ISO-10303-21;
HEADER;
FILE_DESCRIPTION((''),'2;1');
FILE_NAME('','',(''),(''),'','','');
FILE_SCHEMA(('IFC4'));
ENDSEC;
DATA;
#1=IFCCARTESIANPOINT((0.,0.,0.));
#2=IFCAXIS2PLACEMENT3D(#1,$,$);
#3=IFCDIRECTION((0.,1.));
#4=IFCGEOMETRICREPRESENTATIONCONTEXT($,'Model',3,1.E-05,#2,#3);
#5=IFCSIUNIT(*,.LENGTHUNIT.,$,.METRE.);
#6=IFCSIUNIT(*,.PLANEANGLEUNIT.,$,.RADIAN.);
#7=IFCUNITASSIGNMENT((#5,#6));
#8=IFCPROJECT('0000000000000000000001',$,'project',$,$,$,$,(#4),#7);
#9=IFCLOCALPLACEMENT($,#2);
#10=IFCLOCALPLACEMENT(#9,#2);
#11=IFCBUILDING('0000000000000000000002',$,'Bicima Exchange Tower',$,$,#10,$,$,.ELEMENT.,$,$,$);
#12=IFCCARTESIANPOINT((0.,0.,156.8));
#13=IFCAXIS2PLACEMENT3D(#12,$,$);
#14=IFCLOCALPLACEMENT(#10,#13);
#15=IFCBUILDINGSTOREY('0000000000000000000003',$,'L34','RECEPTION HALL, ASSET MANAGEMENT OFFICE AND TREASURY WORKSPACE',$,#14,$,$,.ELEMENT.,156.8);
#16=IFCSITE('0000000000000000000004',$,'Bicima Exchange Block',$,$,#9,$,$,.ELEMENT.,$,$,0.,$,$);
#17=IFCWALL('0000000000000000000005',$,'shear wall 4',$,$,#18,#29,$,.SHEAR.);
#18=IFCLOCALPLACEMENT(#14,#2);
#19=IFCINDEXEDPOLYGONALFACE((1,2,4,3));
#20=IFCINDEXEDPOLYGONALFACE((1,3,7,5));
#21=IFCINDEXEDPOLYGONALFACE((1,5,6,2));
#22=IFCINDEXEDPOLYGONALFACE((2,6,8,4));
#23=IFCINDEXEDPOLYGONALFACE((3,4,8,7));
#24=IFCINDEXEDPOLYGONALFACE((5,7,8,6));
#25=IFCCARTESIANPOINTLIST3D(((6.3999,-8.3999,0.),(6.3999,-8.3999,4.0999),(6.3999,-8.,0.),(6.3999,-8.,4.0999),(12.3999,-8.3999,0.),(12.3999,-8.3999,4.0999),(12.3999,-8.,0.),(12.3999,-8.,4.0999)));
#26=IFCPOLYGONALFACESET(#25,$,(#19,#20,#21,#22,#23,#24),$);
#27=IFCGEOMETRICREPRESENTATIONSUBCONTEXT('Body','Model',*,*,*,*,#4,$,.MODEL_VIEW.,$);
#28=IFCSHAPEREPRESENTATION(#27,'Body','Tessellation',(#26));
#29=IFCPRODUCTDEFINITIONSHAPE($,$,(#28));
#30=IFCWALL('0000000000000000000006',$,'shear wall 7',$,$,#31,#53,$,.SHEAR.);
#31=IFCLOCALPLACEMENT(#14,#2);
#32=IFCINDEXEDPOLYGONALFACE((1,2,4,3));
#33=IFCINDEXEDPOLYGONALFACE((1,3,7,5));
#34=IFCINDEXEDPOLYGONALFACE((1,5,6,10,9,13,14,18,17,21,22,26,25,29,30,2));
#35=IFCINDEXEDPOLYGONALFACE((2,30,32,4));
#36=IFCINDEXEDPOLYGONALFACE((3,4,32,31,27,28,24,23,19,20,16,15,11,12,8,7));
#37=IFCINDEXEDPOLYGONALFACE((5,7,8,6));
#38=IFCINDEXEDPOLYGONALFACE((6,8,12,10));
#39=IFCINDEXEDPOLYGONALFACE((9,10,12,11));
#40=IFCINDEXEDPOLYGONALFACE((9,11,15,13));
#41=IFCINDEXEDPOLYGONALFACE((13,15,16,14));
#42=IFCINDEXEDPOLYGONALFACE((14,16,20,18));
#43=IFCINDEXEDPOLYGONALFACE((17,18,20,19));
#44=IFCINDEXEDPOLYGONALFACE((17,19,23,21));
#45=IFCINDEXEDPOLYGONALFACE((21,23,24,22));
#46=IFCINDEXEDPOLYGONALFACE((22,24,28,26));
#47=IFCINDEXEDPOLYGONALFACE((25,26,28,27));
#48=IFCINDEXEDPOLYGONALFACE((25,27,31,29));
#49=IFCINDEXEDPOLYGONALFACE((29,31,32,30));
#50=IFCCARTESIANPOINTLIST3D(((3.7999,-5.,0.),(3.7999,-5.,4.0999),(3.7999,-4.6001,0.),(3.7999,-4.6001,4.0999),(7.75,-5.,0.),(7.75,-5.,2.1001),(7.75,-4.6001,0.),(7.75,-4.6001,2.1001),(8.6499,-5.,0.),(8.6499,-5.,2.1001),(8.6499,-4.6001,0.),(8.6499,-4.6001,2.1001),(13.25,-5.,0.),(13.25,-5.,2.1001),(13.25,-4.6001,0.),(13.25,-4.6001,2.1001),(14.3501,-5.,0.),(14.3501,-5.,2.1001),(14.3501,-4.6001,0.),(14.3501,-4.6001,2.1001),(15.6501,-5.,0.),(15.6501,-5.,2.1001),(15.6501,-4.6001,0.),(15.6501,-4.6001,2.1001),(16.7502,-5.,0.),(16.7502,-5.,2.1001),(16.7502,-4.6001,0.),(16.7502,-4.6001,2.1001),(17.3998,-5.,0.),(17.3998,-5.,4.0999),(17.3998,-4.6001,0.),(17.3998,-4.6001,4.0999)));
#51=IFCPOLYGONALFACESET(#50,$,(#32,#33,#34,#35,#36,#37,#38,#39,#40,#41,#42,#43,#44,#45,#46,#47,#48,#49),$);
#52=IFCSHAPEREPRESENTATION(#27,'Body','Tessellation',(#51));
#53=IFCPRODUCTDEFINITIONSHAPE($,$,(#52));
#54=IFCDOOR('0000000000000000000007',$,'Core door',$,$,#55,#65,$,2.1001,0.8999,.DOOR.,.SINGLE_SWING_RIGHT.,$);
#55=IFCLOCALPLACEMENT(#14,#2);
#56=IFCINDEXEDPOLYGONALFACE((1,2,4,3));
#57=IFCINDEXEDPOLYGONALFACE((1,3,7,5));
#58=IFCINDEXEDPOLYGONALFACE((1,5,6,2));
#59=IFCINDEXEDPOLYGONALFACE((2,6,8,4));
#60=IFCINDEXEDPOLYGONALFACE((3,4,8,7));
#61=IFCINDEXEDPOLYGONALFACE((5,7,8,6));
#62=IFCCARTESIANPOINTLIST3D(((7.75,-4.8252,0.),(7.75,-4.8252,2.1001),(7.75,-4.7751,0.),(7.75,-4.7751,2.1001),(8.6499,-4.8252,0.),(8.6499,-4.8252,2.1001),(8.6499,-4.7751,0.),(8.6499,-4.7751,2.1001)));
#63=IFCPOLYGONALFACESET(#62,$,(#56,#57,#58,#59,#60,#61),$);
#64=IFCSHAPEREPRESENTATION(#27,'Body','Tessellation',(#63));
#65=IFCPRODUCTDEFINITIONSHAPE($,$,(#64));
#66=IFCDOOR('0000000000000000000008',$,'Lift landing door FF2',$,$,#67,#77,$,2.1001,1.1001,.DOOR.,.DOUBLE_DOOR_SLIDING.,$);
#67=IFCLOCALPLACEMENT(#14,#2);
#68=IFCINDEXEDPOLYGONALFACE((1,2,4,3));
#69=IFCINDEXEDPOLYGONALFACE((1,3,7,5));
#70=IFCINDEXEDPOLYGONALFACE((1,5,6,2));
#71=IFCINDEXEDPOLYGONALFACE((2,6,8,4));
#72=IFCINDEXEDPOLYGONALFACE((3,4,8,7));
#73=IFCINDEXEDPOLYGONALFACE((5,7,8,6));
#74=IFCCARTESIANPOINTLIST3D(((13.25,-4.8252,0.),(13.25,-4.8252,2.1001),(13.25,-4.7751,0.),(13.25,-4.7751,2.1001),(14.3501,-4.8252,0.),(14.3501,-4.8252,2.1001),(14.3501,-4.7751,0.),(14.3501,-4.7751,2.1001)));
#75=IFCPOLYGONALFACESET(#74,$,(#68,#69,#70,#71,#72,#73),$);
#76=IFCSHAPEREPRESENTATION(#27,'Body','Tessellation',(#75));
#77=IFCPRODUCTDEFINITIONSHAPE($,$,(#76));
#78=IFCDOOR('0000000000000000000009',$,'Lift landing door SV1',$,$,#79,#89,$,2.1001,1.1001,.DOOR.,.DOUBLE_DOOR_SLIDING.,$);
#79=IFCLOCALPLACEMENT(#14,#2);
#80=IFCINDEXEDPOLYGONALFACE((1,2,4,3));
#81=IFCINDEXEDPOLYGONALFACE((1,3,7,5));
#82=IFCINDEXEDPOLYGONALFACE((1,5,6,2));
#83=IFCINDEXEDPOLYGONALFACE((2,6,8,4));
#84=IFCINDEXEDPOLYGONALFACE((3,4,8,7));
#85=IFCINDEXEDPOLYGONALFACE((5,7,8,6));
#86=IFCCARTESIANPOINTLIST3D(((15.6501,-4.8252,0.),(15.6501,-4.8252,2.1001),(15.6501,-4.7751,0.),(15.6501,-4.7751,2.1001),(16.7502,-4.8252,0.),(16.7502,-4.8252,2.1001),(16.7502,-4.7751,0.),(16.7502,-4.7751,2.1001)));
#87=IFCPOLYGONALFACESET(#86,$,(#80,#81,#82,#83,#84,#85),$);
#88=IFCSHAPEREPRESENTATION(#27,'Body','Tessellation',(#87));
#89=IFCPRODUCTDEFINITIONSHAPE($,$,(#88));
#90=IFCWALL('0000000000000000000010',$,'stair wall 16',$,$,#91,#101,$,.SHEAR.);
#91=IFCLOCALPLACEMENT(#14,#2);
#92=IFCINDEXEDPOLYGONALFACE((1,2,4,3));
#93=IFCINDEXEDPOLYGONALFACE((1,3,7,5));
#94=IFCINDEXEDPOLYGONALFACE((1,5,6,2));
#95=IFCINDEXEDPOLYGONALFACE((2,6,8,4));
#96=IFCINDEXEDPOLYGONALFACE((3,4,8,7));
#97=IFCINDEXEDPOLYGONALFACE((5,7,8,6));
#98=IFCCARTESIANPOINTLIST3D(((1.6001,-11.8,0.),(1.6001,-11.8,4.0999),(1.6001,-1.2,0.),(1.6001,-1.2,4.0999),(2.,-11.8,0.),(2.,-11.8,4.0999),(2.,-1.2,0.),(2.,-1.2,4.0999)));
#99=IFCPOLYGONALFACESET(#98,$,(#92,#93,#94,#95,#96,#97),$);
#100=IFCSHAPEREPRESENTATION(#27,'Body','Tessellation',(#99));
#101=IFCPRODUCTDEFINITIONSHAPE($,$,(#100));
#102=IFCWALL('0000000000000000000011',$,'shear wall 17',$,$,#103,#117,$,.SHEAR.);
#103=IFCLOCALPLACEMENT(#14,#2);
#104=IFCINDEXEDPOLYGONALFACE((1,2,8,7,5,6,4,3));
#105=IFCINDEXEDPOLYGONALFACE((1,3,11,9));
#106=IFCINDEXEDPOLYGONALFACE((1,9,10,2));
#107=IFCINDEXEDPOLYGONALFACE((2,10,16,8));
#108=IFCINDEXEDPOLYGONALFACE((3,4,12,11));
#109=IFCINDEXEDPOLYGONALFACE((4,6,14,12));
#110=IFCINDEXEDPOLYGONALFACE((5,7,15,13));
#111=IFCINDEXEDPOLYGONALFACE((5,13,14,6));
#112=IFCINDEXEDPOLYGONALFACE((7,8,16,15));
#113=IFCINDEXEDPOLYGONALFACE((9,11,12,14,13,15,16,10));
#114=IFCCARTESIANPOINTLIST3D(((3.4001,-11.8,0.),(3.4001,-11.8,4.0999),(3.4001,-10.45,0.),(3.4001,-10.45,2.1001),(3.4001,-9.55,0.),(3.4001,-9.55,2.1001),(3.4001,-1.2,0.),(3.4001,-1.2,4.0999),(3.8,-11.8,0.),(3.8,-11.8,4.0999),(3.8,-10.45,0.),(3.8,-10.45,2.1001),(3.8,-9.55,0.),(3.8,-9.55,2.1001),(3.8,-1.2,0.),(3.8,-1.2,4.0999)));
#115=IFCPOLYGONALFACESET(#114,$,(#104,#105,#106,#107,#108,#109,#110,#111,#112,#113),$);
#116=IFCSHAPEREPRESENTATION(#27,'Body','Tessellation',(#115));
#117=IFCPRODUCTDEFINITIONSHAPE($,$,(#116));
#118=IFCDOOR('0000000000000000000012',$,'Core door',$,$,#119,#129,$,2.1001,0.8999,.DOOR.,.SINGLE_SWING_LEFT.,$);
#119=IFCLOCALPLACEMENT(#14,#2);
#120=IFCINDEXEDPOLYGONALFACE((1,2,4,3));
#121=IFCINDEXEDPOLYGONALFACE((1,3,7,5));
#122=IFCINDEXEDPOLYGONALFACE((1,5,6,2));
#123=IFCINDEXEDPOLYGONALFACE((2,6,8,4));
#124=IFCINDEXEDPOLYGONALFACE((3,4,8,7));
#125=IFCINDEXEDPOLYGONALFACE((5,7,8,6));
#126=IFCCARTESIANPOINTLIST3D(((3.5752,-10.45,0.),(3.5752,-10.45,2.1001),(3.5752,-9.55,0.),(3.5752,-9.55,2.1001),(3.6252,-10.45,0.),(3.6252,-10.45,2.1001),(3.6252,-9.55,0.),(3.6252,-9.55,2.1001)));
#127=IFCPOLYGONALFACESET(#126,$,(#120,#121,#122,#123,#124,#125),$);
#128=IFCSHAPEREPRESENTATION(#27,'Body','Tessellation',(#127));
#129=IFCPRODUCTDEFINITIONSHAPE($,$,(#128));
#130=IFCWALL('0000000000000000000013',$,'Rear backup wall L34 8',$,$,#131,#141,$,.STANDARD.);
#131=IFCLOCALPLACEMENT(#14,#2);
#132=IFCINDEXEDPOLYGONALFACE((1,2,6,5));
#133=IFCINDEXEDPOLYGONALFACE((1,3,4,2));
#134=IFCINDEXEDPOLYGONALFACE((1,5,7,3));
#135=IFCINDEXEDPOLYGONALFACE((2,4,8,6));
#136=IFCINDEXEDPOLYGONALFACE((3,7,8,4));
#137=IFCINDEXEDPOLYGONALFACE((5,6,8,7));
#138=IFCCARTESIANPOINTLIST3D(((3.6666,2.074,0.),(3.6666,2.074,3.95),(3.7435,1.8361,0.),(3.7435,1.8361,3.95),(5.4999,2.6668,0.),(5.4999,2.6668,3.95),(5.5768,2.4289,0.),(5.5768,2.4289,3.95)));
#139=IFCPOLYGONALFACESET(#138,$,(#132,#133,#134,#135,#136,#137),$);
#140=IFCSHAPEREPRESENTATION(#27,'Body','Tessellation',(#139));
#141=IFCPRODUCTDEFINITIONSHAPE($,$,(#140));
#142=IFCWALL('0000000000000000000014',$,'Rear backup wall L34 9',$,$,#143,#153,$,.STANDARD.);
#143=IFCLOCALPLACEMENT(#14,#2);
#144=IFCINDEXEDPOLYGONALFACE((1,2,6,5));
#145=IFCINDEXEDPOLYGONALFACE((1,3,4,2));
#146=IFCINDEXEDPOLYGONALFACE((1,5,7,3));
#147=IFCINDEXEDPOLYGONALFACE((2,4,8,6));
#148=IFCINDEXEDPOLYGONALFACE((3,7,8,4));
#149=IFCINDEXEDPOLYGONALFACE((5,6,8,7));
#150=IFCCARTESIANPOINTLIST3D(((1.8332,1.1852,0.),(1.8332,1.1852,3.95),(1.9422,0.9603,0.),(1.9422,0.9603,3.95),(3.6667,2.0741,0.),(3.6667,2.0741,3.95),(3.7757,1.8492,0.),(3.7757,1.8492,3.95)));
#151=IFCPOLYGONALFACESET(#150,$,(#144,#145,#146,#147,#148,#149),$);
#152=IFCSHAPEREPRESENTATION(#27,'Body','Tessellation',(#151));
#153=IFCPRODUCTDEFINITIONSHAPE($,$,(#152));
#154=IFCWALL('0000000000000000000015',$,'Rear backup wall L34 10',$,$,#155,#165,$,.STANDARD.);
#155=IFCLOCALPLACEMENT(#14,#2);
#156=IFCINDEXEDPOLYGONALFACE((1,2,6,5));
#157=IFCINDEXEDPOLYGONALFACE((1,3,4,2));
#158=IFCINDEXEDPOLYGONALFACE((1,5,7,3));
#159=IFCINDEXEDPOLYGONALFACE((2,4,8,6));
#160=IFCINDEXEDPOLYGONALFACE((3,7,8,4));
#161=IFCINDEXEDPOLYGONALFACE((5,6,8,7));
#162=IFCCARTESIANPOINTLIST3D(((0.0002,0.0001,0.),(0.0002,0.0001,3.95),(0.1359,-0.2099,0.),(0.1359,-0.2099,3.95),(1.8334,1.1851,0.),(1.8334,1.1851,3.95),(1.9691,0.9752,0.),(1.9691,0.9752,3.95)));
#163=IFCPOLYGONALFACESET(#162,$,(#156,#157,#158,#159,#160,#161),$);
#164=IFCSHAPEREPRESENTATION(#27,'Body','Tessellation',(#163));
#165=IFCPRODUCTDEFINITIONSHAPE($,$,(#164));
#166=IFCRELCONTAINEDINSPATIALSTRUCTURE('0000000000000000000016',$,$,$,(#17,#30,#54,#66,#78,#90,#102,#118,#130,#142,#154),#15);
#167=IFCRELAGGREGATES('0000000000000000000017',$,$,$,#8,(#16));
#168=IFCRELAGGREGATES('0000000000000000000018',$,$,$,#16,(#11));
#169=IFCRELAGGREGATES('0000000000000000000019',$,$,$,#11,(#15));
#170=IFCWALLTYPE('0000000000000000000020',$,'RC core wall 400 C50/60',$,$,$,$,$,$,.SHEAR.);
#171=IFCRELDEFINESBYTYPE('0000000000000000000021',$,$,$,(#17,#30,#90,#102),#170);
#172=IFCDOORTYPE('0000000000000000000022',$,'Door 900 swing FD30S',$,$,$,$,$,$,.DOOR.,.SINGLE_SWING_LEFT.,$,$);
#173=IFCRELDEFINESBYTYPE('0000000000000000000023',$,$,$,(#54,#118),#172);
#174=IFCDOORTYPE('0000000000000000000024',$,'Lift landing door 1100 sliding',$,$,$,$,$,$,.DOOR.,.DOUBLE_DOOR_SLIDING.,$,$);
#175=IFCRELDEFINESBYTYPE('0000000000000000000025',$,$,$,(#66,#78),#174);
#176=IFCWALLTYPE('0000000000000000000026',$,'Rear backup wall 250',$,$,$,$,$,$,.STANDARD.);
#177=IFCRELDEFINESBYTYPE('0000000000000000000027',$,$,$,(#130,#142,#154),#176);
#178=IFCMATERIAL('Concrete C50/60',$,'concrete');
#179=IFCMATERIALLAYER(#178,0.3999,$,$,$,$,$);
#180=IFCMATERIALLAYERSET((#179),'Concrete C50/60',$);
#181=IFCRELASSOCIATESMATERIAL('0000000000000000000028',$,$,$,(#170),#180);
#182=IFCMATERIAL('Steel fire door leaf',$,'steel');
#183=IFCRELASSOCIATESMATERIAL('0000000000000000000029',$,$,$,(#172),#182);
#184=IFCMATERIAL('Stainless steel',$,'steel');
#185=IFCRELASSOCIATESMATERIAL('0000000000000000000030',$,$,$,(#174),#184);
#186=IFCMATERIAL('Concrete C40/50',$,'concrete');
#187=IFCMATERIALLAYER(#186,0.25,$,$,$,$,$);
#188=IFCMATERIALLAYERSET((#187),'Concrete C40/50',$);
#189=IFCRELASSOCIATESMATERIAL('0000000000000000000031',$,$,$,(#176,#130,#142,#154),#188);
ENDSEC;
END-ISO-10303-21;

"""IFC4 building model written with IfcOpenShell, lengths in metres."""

from ifc_helpers import new_model, si_unit, direction, frame, frame_2d, origin, place, context, subcontext, project, spatial, rectangle, extrude, material, layer, layer_set, layer_usage, type_object, element, fill, save


model = new_model("IFC4")

# Units and contexts
model_context = context("Model", 3, precision=1e-05, world=origin(), true_north=direction((0.0, 1.0)))
body_context = subcontext(model_context, "Body", "Model", "MODEL_VIEW")
ifc_project = project(units=[si_unit("LENGTHUNIT", "METRE"), si_unit("PLANEANGLEUNIT", "RADIAN")], contexts=[model_context])

# Site, building, storey
site_placement = place(None, origin())
site = spatial("IfcSite", under=ifc_project, at=site_placement, Name="Bicima Exchange Block", CompositionType="ELEMENT", RefElevation=0.0)
building_placement = place(site_placement, origin())
building = spatial("IfcBuilding", under=site, at=building_placement, Name="Bicima Exchange Tower", CompositionType="ELEMENT")
storey_placement = place(building_placement, frame((0.0, 0.0, 156.8)))
storey = spatial("IfcBuildingStorey", under=building, at=storey_placement, Name="L34", Description="RECEPTION HALL, ASSET MANAGEMENT OFFICE AND TREASURY WORKSPACE", CompositionType="ELEMENT", Elevation=156.8)

# Shared definitions
ifc_material_1 = material(Name="Concrete C40/50", Category="concrete")

# Shared definitions
ifc_material_2 = material(Name="Concrete C50/60", Category="concrete")

# Wall
ifc_layer_1 = layer(ifc_material_2, 0.3999)
ifc_layer_set_1 = layer_set([ifc_layer_1], Name="Concrete C50/60")
wall_type_1 = type_object("IfcWallType", Name="RC core wall 400 C50/60", PredefinedType="SHEAR", material=ifc_layer_set_1)
wall_1_placement = place(storey_placement, frame((6.3999, -8.2, 0.0), z_axis=(0.0, 0.0, 1.0), x_axis=(1.0, 0.0, 0.0)))
element("IfcWall", 1, at=wall_1_placement, inside=storey, type_object=wall_type_1, Name="shear wall 4", PredefinedType="SHEAR", context=body_context, shape_type="SweptSolid", body=[
    extrude(rectangle(XDim=6.0, YDim=0.3999, at=frame_2d((3.0, 0.0))), origin(), (0.0, 0.0, 1.0), 4.0999),
])

# Wall, openings, doors
wall_2_placement = place(storey_placement, frame((3.8, -4.8, 0.0), z_axis=(0.0, 0.0, 1.0), x_axis=(1.0, 0.0, 0.0)))
wall_2 = element("IfcWall", 2, at=wall_2_placement, inside=storey, type_object=wall_type_1, Name="shear wall 7", PredefinedType="SHEAR", context=body_context, shape_type="SweptSolid", body=[
    extrude(rectangle(XDim=13.5999, YDim=0.3999, at=frame_2d((6.7998, 0.0))), origin(), (0.0, 0.0, 1.0), 4.0999),
])
opening_1_placement = place(wall_2_placement, frame((9.45, 0.0, 0.0)))
opening_1 = element("IfcOpeningElement", 3, at=opening_1_placement, cuts=wall_2, PredefinedType="OPENING", context=body_context, shape_type="SweptSolid", body=[
    extrude(rectangle(XDim=1.1001, YDim=2.1001, at=frame_2d((0.55, 1.05))), frame((0.0, 0.2119, 0.0), z_axis=(0.0, -1.0, 0.0), x_axis=(1.0, 0.0, 0.0)), (0.0, 0.0, 1.0), 0.4238),
])
opening_2_placement = place(wall_2_placement, frame((11.8501, 0.0, 0.0)))
opening_2 = element("IfcOpeningElement", 4, at=opening_2_placement, cuts=wall_2, PredefinedType="OPENING", context=body_context, shape_type="SweptSolid", body=[
    extrude(rectangle(XDim=1.1001, YDim=2.1001, at=frame_2d((0.55, 1.05))), frame((0.0, 0.2119, 0.0), z_axis=(0.0, -1.0, 0.0), x_axis=(1.0, 0.0, 0.0)), (0.0, 0.0, 1.0), 0.4238),
])
opening_3_placement = place(wall_2_placement, frame((3.95, 0.0, 0.0)))
opening_3 = element("IfcOpeningElement", 5, at=opening_3_placement, cuts=wall_2, PredefinedType="OPENING", context=body_context, shape_type="SweptSolid", body=[
    extrude(rectangle(XDim=0.8999, YDim=2.1001, at=frame_2d((0.45, 1.05))), frame((0.0, 0.2119, 0.0), z_axis=(0.0, -1.0, 0.0), x_axis=(1.0, 0.0, 0.0)), (0.0, 0.0, 1.0), 0.4238),
])
ifc_material_3 = material(Name="Steel fire door leaf", Category="steel")
door_type_1 = type_object("IfcDoorType", Name="Door 900 swing FD30S", OperationType="SINGLE_SWING_LEFT", PredefinedType="DOOR", material=ifc_material_3)
door_1_placement = place(opening_3_placement, origin())
door_1 = element("IfcDoor", 6, at=door_1_placement, inside=storey, type_object=door_type_1, Name="Core door", OperationType="SINGLE_SWING_RIGHT", OverallHeight=2.1001, OverallWidth=0.8999, PredefinedType="DOOR", context=body_context, shape_type="SweptSolid", body=[
    extrude(rectangle(XDim=0.8999, YDim=2.1001, at=frame_2d((0.45, 1.05))), frame((0.0, 0.0249, 0.0), z_axis=(0.0, -1.0, 0.0), x_axis=(1.0, 0.0, 0.0)), (0.0, 0.0, 1.0), 0.05),
])
fill(opening_3, door_1)
ifc_material_4 = material(Name="Stainless steel", Category="steel")
door_type_2 = type_object("IfcDoorType", Name="Lift landing door 1100 sliding", OperationType="DOUBLE_DOOR_SLIDING", PredefinedType="DOOR", material=ifc_material_4)
door_2_placement = place(opening_1_placement, origin())
door_2 = element("IfcDoor", 7, at=door_2_placement, inside=storey, type_object=door_type_2, Name="Lift landing door FF2", OperationType="DOUBLE_DOOR_SLIDING", OverallHeight=2.1001, OverallWidth=1.1001, PredefinedType="DOOR", context=body_context, shape_type="SweptSolid", body=[
    extrude(rectangle(XDim=1.1001, YDim=2.1001, at=frame_2d((0.55, 1.05))), frame((0.0, 0.0249, 0.0), z_axis=(0.0, -1.0, 0.0), x_axis=(1.0, 0.0, 0.0)), (0.0, 0.0, 1.0), 0.05),
])
fill(opening_1, door_2)
door_3_placement = place(opening_2_placement, origin())
door_3 = element("IfcDoor", 8, at=door_3_placement, inside=storey, type_object=door_type_2, Name="Lift landing door SV1", OperationType="DOUBLE_DOOR_SLIDING", OverallHeight=2.1001, OverallWidth=1.1001, PredefinedType="DOOR", context=body_context, shape_type="SweptSolid", body=[
    extrude(rectangle(XDim=1.1001, YDim=2.1001, at=frame_2d((0.55, 1.05))), frame((0.0, 0.0249, 0.0), z_axis=(0.0, -1.0, 0.0), x_axis=(1.0, 0.0, 0.0)), (0.0, 0.0, 1.0), 0.05),
])
fill(opening_2, door_3)

# Wall
wall_3_placement = place(storey_placement, frame((1.8, -11.8, 0.0), z_axis=(0.0, 0.0, 1.0), x_axis=(0.0, 1.0, 0.0)))
element("IfcWall", 9, at=wall_3_placement, inside=storey, type_object=wall_type_1, Name="stair wall 16", PredefinedType="SHEAR", context=body_context, shape_type="SweptSolid", body=[
    extrude(rectangle(XDim=10.6001, YDim=0.3999, at=frame_2d((5.3, 0.0))), origin(), (0.0, 0.0, 1.0), 4.0999),
])

# Wall, opening, door
wall_4_placement = place(storey_placement, frame((3.6001, -11.8, 0.0), z_axis=(0.0, 0.0, 1.0), x_axis=(0.0, 1.0, 0.0)))
wall_4 = element("IfcWall", 10, at=wall_4_placement, inside=storey, type_object=wall_type_1, Name="shear wall 17", PredefinedType="SHEAR", context=body_context, shape_type="SweptSolid", body=[
    extrude(rectangle(XDim=10.6001, YDim=0.3999, at=frame_2d((5.3, 0.0))), origin(), (0.0, 0.0, 1.0), 4.0999),
])
opening_4_placement = place(wall_4_placement, frame((1.3501, 0.0, 0.0)))
opening_4 = element("IfcOpeningElement", 11, at=opening_4_placement, cuts=wall_4, PredefinedType="OPENING", context=body_context, shape_type="SweptSolid", body=[
    extrude(rectangle(XDim=0.8999, YDim=2.1001, at=frame_2d((0.45, 1.05))), frame((0.0, 0.2119, 0.0), z_axis=(0.0, -1.0, 0.0), x_axis=(1.0, 0.0, 0.0)), (0.0, 0.0, 1.0), 0.4238),
])
door_4_placement = place(opening_4_placement, origin())
door_4 = element("IfcDoor", 12, at=door_4_placement, inside=storey, type_object=door_type_1, Name="Core door", OperationType="SINGLE_SWING_LEFT", OverallHeight=2.1001, OverallWidth=0.8999, PredefinedType="DOOR", context=body_context, shape_type="SweptSolid", body=[
    extrude(rectangle(XDim=0.8999, YDim=2.1001, at=frame_2d((0.45, 1.05))), frame((0.0, 0.0249, 0.0), z_axis=(0.0, -1.0, 0.0), x_axis=(1.0, 0.0, 0.0)), (0.0, 0.0, 1.0), 0.05),
])
fill(opening_4, door_4)

# Walls
ifc_layer_2 = layer(ifc_material_1, 0.25)
ifc_layer_set_2 = layer_set([ifc_layer_2], Name="Concrete C40/50")
ifc_layer_usage = layer_usage(ifc_layer_set_2, "AXIS2", "POSITIVE", -0.125)
wall_type_2 = type_object("IfcWallType", Name="Rear backup wall 250", PredefinedType="STANDARD", material=ifc_layer_set_2)
wall_5_placement = place(storey_placement, frame((5.5383, 2.5479, 0.0), z_axis=(0.0, 0.0, 1.0), x_axis=(-0.951496, -0.307662, 0.0)))
element("IfcWall", 13, at=wall_5_placement, inside=storey, type_object=wall_type_2, material=ifc_layer_usage, Name="Rear backup wall L34 8", PredefinedType="STANDARD", context=body_context, shape_type="SweptSolid", body=[
    extrude(rectangle(XDim=1.9268, YDim=0.25, at=frame_2d((0.9634, 0.0))), origin(), (0.0, 0.0, 1.0), 3.95),
])
wall_6_placement = place(storey_placement, frame((3.7212, 1.9617, 0.0), z_axis=(0.0, 0.0, 1.0), x_axis=(-0.899824, -0.436253, 0.0)))
element("IfcWall", 14, at=wall_6_placement, inside=storey, type_object=wall_type_2, material=ifc_layer_usage, Name="Rear backup wall L34 9", PredefinedType="STANDARD", context=body_context, shape_type="SweptSolid", body=[
    extrude(rectangle(XDim=2.0376, YDim=0.25, at=frame_2d((1.0188, 0.0))), origin(), (0.0, 0.0, 1.0), 3.95),
])
wall_7_placement = place(storey_placement, frame((1.9011, 1.0801, 0.0), z_axis=(0.0, 0.0, 1.0), x_axis=(-0.839813, -0.542876, 0.0)))
element("IfcWall", 15, at=wall_7_placement, inside=storey, type_object=wall_type_2, material=ifc_layer_usage, Name="Rear backup wall L34 10", PredefinedType="STANDARD", context=body_context, shape_type="SweptSolid", body=[
    extrude(rectangle(XDim=2.1829, YDim=0.25, at=frame_2d((1.0913, 0.0))), origin(), (0.0, 0.0, 1.0), 3.95),
])

save(model, "model.ifc")
